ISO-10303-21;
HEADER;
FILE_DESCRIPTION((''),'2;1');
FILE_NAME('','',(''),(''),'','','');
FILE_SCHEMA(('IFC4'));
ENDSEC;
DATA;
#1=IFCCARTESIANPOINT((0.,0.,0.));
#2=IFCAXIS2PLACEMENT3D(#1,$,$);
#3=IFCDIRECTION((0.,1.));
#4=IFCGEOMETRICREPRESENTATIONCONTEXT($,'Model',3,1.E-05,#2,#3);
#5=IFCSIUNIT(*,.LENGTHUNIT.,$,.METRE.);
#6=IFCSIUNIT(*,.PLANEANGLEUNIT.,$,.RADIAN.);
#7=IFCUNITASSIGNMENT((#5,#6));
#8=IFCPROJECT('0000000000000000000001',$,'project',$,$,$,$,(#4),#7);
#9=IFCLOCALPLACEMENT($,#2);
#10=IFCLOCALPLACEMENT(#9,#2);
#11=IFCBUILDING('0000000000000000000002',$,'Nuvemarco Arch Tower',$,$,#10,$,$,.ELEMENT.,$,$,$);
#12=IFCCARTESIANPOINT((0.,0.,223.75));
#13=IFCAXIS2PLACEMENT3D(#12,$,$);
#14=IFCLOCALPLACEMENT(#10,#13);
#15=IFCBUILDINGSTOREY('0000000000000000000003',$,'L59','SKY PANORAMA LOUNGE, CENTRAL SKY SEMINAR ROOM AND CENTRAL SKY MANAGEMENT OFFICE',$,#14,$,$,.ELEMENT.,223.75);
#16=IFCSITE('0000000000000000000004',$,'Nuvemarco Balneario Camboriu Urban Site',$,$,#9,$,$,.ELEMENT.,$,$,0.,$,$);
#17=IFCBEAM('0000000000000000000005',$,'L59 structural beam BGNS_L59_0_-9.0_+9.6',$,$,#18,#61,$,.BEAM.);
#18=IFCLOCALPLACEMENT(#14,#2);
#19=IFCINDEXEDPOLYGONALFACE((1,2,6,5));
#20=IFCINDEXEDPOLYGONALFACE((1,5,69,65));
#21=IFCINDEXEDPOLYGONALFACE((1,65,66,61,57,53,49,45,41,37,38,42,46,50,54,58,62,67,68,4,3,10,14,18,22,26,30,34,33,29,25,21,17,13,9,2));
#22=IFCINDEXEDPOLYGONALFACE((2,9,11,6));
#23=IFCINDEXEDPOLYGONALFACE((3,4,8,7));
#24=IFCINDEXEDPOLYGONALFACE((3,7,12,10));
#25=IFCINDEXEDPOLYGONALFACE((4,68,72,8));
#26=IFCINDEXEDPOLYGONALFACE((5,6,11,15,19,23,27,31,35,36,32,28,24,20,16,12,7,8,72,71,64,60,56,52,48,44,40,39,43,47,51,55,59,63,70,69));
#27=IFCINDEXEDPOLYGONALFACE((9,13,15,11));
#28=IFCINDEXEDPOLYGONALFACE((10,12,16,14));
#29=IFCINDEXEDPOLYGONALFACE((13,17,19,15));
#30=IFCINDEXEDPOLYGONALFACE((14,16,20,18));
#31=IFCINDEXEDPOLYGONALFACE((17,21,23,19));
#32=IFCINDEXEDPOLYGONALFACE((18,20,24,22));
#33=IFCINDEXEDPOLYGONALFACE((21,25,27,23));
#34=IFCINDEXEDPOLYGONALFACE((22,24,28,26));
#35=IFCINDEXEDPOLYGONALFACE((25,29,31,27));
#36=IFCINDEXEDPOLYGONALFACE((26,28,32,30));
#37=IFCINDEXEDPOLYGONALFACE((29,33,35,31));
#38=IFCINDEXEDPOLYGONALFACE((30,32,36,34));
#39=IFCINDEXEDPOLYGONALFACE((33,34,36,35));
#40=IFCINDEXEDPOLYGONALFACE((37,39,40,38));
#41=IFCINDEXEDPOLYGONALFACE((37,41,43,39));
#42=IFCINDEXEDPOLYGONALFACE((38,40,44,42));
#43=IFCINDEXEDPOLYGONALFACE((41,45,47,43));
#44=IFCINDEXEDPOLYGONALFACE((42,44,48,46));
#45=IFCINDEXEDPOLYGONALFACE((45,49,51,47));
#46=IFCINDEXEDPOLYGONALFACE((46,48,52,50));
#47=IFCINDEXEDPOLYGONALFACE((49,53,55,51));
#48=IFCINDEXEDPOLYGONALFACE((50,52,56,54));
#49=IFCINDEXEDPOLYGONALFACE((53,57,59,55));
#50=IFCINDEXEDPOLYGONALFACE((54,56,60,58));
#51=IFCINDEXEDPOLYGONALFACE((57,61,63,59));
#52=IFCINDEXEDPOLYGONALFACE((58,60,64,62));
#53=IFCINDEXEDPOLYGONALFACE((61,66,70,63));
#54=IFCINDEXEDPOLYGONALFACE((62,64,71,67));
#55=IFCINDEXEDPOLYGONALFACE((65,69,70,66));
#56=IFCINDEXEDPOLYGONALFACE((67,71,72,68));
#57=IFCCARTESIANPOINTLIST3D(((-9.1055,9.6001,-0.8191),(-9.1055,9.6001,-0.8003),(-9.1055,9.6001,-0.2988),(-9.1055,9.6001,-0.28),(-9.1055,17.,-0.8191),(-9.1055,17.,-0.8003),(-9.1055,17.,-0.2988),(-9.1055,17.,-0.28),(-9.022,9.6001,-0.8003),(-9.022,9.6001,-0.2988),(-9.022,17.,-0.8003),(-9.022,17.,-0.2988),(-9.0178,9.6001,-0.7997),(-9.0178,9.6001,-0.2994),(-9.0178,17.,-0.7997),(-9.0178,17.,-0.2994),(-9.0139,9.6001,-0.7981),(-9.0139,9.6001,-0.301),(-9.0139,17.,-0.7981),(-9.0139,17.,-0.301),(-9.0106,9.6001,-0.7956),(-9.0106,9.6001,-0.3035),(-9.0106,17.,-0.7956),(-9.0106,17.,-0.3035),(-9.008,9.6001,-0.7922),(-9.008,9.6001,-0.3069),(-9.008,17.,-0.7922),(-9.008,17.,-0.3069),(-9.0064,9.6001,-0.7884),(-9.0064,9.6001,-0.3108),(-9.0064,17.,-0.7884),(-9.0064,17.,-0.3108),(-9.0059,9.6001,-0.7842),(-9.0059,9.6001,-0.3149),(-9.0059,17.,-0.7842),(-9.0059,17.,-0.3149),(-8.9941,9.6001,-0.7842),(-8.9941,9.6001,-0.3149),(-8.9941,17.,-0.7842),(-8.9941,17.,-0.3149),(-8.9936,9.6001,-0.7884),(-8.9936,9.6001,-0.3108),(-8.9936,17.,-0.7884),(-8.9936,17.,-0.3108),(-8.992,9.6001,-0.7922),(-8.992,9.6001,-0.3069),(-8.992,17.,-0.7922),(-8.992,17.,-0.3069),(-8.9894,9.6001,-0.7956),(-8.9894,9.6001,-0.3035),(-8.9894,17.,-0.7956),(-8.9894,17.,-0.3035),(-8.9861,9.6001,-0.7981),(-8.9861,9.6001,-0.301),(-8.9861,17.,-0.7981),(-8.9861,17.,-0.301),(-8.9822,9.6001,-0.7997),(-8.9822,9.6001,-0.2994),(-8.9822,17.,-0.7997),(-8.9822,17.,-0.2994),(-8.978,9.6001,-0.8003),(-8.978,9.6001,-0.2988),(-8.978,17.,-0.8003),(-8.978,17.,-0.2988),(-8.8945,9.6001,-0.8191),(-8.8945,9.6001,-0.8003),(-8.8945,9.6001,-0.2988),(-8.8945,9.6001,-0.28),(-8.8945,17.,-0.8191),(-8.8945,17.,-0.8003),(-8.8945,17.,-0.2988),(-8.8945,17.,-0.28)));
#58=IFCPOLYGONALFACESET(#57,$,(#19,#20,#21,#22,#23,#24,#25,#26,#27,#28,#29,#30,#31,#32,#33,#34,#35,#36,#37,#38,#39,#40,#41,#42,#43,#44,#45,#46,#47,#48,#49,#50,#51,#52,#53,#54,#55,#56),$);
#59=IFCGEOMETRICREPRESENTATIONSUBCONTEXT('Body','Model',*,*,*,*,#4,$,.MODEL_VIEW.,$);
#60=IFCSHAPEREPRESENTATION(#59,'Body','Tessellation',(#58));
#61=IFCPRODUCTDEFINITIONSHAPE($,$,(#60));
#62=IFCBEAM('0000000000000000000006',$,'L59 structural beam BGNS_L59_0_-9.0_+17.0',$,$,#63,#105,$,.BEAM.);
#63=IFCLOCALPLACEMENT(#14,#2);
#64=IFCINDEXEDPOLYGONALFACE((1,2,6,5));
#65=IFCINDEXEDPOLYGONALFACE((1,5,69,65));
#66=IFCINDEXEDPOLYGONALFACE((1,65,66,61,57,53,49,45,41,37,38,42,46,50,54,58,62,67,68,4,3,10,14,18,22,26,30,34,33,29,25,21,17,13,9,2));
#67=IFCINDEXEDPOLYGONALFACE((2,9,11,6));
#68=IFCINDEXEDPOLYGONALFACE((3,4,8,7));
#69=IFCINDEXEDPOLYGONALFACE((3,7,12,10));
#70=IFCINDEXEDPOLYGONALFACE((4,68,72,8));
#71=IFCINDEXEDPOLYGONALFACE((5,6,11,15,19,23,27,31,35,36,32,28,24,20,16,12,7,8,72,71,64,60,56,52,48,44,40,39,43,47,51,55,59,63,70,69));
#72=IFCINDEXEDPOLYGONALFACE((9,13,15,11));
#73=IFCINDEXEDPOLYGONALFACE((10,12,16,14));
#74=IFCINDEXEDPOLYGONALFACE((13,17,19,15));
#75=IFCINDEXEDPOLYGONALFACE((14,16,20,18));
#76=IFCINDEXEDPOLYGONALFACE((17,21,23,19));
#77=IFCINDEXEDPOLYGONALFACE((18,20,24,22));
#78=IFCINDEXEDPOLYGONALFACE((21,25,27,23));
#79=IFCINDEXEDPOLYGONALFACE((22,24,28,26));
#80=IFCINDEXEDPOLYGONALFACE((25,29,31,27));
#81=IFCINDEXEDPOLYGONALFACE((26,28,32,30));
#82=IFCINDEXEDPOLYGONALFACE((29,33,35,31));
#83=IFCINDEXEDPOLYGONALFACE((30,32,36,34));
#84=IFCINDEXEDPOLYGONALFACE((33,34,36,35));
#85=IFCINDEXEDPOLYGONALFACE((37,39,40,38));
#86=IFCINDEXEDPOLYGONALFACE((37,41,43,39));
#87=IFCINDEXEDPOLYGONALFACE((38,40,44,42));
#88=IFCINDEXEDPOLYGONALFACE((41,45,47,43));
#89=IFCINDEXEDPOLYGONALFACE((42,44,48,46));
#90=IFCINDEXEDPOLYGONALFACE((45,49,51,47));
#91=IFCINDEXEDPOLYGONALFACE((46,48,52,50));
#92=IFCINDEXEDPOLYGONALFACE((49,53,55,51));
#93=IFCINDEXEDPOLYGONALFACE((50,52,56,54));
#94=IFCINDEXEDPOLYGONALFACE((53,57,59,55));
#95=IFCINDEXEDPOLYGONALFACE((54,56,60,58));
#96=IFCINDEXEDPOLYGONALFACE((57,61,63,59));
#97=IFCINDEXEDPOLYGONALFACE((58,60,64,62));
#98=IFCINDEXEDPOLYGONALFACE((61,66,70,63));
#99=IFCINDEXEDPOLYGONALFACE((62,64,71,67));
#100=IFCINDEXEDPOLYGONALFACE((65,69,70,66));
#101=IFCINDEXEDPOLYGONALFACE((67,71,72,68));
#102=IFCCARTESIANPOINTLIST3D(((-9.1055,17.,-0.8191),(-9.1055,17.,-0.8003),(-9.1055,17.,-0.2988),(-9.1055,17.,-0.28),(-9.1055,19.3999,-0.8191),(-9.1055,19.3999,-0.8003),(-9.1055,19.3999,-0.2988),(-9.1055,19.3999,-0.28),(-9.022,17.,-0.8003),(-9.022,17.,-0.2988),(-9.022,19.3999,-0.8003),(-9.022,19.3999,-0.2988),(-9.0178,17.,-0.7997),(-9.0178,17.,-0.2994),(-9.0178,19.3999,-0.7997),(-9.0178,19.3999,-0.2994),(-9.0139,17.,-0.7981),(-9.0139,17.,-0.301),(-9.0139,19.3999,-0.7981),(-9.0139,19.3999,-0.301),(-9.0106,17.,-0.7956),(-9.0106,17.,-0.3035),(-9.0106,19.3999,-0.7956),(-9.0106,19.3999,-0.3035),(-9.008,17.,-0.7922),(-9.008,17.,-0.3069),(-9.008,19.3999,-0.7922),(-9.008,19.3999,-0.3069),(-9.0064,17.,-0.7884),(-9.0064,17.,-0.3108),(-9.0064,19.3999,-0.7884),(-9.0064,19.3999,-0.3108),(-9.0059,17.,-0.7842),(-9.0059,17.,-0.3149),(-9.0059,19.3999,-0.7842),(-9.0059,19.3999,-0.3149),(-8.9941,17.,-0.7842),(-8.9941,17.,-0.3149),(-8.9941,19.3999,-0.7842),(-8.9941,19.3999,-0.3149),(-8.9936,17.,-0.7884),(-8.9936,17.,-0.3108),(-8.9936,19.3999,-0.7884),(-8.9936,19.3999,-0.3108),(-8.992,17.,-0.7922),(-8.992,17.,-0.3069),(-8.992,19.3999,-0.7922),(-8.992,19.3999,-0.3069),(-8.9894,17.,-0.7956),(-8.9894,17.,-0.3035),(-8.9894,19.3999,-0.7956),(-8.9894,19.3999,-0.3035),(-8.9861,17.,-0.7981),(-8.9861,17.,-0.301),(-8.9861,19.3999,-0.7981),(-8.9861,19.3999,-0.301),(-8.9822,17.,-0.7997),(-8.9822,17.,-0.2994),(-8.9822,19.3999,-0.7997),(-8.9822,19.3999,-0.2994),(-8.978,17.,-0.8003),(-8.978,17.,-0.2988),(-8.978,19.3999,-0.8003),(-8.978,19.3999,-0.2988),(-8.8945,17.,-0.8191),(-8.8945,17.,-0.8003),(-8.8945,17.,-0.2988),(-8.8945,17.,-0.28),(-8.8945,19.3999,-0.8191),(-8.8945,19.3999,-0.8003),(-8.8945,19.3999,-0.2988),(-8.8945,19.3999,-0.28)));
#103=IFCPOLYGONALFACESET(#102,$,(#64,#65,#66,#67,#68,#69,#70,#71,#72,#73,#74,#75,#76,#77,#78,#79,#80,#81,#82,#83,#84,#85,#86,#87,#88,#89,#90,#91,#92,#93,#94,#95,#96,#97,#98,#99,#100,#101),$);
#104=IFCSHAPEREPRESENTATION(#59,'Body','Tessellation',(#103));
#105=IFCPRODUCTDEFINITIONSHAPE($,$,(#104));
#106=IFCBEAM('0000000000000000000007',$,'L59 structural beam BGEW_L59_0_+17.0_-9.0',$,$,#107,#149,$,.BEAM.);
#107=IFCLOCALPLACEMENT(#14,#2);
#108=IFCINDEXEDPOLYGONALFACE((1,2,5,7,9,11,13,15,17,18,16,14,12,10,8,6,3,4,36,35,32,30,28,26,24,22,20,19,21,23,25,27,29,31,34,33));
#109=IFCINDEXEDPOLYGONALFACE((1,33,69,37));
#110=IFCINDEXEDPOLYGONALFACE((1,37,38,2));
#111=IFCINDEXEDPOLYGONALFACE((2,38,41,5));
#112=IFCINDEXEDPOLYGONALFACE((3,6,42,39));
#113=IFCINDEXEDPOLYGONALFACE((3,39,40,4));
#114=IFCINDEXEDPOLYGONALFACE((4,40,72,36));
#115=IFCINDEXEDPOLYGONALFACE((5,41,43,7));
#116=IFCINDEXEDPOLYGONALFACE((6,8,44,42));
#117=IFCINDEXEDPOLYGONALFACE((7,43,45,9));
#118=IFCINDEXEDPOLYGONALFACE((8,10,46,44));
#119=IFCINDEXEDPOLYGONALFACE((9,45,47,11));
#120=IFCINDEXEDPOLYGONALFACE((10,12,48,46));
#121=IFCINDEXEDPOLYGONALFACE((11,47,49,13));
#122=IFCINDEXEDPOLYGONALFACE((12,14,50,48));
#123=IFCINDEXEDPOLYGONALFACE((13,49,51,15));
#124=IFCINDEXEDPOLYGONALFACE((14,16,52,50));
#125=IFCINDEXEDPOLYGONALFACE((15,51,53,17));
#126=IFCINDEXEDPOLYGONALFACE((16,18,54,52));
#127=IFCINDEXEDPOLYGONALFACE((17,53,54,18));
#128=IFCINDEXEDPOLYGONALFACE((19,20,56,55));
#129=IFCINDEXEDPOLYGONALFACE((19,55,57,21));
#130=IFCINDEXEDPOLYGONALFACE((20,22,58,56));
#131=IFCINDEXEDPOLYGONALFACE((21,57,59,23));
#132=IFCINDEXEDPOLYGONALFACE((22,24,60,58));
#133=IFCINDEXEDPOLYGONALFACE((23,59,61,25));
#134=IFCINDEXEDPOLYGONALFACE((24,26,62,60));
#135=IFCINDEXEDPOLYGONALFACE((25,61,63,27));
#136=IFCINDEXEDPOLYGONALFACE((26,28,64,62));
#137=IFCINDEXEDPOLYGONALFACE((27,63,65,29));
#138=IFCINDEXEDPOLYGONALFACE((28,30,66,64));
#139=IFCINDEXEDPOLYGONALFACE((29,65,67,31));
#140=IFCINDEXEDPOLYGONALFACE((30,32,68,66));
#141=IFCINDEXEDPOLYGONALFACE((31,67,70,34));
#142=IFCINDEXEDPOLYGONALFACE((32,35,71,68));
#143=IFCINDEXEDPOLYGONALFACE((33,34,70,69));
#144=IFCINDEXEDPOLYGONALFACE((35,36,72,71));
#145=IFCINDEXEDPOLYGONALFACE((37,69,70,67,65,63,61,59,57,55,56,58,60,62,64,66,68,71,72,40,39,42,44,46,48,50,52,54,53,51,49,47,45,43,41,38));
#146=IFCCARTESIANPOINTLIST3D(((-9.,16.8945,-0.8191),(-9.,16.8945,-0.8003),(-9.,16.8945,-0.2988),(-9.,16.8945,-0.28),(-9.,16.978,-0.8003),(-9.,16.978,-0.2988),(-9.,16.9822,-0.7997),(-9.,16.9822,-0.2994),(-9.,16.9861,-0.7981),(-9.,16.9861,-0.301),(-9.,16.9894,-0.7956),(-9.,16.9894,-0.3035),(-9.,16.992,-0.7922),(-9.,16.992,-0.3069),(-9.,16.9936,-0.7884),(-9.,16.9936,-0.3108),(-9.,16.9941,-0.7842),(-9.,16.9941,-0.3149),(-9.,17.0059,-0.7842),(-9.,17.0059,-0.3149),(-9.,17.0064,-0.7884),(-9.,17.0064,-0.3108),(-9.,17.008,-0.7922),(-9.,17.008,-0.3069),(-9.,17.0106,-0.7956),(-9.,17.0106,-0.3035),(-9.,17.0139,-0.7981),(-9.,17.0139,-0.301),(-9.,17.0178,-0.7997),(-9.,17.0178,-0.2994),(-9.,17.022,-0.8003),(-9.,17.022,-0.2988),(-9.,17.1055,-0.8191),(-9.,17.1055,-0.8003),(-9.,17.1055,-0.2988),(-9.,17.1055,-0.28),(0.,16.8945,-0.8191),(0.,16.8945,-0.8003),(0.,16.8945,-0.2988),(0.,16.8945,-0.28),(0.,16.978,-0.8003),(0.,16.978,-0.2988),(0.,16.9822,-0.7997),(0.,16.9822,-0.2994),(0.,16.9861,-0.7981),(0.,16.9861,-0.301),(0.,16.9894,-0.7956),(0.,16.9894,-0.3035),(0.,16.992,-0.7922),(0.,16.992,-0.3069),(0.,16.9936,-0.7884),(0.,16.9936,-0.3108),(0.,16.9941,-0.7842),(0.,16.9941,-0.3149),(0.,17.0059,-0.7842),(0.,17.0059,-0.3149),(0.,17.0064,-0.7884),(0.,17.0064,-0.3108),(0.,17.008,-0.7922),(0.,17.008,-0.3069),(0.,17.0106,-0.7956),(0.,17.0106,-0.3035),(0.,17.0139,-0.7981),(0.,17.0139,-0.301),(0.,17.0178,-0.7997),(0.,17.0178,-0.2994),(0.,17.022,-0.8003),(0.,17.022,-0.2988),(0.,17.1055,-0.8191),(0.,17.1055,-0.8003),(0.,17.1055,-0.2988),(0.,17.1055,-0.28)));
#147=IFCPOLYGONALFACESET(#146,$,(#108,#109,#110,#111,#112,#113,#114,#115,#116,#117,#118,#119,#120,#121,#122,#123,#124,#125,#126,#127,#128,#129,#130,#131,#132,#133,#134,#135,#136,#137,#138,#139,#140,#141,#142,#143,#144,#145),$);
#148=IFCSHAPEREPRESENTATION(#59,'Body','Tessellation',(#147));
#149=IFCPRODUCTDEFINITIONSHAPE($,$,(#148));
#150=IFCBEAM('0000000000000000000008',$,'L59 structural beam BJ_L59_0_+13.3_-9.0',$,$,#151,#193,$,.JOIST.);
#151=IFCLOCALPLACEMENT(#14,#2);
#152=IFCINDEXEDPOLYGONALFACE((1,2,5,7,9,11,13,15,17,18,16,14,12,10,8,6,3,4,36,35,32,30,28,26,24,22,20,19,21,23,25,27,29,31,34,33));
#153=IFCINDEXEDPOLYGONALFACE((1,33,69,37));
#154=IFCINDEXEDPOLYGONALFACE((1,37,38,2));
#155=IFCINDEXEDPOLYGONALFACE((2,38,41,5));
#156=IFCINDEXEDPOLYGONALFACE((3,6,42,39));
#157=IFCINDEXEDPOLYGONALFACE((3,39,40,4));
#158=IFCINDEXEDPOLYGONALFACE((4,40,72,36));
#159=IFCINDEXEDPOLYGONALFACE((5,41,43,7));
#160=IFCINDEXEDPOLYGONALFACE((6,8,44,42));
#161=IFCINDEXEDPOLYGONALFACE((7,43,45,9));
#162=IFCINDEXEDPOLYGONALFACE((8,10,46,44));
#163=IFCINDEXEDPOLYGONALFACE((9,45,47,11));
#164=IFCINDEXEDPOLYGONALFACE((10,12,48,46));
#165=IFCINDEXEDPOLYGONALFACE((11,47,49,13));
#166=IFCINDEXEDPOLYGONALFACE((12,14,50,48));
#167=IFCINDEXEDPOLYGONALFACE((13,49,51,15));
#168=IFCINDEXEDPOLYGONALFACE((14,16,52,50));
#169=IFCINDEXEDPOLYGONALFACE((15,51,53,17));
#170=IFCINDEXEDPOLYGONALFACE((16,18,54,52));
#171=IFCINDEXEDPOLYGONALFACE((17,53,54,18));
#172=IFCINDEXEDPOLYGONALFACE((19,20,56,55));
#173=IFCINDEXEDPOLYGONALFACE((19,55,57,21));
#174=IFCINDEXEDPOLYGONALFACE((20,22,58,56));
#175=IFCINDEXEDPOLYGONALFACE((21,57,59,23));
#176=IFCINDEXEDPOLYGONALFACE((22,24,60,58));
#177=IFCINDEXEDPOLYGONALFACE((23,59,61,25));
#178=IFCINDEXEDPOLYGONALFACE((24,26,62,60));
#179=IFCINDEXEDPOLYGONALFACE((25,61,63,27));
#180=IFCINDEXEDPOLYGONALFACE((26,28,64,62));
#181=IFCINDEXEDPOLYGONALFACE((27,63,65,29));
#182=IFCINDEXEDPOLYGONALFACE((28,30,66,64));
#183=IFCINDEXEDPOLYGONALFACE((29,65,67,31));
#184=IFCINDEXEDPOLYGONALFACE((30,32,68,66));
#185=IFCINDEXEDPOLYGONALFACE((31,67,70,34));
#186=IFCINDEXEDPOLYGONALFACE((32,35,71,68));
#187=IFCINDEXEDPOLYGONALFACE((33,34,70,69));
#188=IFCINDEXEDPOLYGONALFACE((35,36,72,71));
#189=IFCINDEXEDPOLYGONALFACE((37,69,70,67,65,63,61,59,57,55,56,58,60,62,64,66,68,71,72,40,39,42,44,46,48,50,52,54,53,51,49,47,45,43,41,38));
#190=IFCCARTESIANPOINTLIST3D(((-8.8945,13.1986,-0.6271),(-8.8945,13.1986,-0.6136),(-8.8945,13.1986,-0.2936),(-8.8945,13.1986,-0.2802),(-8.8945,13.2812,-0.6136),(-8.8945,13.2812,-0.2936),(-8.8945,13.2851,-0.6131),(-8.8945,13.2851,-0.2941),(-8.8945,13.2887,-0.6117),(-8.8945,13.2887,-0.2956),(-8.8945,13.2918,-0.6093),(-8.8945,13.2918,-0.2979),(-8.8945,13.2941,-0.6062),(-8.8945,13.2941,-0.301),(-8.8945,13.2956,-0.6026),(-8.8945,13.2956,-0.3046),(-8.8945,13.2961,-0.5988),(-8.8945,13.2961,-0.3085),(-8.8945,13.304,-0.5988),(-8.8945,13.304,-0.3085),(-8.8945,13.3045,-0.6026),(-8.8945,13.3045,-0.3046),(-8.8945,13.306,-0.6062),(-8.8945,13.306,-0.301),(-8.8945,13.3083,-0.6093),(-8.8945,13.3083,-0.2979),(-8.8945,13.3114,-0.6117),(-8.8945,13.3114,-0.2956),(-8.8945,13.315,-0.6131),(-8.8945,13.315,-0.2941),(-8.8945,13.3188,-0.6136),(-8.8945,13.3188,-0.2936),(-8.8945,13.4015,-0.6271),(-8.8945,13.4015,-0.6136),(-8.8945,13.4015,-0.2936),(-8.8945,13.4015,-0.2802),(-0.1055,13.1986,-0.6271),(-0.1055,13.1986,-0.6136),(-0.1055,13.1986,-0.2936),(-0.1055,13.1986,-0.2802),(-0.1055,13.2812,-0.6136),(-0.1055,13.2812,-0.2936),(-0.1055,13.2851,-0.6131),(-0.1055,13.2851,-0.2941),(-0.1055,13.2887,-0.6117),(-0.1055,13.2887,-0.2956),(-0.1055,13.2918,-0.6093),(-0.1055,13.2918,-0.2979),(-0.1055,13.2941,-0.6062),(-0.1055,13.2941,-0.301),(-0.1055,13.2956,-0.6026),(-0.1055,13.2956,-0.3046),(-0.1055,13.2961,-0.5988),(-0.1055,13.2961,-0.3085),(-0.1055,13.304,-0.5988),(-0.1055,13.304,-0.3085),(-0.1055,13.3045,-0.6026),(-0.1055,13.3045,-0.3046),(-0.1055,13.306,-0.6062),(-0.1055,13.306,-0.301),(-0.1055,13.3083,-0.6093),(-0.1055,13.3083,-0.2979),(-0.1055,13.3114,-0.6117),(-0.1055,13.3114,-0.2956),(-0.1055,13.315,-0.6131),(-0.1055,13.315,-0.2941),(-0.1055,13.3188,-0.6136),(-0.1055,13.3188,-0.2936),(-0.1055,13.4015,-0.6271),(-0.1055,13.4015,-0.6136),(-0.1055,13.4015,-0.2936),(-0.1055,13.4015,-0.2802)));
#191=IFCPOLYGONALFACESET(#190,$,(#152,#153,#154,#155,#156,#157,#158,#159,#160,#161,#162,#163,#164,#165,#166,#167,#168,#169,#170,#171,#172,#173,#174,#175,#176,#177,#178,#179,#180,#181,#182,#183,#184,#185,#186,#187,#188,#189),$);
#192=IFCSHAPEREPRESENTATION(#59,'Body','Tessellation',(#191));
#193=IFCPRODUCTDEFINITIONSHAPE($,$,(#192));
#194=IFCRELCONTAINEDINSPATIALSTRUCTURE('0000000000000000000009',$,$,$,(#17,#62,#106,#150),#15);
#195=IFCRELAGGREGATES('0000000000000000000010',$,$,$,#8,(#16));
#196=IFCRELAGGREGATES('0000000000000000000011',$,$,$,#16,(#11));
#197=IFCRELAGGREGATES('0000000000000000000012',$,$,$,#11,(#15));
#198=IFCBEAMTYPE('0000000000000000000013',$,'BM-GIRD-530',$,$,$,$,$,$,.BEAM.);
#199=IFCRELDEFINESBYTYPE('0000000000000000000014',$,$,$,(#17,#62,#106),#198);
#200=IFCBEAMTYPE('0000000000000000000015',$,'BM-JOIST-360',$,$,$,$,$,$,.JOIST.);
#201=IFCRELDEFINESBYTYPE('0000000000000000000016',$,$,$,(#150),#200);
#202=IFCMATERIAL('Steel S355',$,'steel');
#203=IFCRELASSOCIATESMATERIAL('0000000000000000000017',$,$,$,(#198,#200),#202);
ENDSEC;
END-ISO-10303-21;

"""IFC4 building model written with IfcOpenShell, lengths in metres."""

from ifc_helpers import new_model, si_unit, direction, frame, origin, origin_2d, place, context, subcontext, project, spatial, i_section, extrude, material, material_profile, profile_set, type_object, element, save


model = new_model("IFC4")

# Units and contexts
model_context = context("Model", 3, precision=1e-05, world=origin(), true_north=direction((0.0, 1.0)))
body_context = subcontext(model_context, "Body", "Model", "MODEL_VIEW")
ifc_project = project(units=[si_unit("LENGTHUNIT", "METRE"), si_unit("PLANEANGLEUNIT", "RADIAN")], contexts=[model_context])

# Site, building, storey
site_placement = place(None, origin())
site = spatial("IfcSite", under=ifc_project, at=site_placement, Name="Nuvemarco Balneario Camboriu Urban Site", CompositionType="ELEMENT", RefElevation=0.0)
building_placement = place(site_placement, origin())
building = spatial("IfcBuilding", under=site, at=building_placement, Name="Nuvemarco Arch Tower", CompositionType="ELEMENT")
storey_placement = place(building_placement, frame((0.0, 0.0, 223.75)))
storey = spatial("IfcBuildingStorey", under=building, at=storey_placement, Name="L59", Description="SKY PANORAMA LOUNGE, CENTRAL SKY SEMINAR ROOM AND CENTRAL SKY MANAGEMENT OFFICE", CompositionType="ELEMENT", Elevation=223.75)

# Shared definitions
ifc_material_1 = material(Name="Steel S355", Category="steel")

# Beams
ifc_material_profile_1 = material_profile(ifc_material_1, i_section(OverallWidth=0.2109, OverallDepth=0.5391, WebThickness=0.0117, FlangeThickness=0.0188, FilletRadius=0.0161, at=origin_2d()), Name="W530x109")
ifc_profile_set_1 = profile_set([ifc_material_profile_1], Name="Steel S355")
beam_type_1 = type_object("IfcBeamType", Name="BM-GIRD-530", PredefinedType="BEAM", material=ifc_profile_set_1)
beam_1_placement = place(storey_placement, frame((-9.0, 9.6001, -0.5496), z_axis=(0.0, 1.0, 0.0), x_axis=(-1.0, 0.0, 0.0)))
element("IfcBeam", 1, at=beam_1_placement, inside=storey, type_object=beam_type_1, Name="L59 structural beam BGNS_L59_0_-9.0_+9.6", PredefinedType="BEAM", context=body_context, shape_type="SweptSolid", body=[
    extrude(i_section(OverallWidth=0.2109, OverallDepth=0.5391, WebThickness=0.0117, FlangeThickness=0.0188, FilletRadius=0.0161, at=origin_2d()), origin(), (0.0, 0.0, 1.0), 7.3999),
])
beam_2_placement = place(storey_placement, frame((-9.0, 17.0, -0.5496), z_axis=(0.0, 1.0, 0.0), x_axis=(-1.0, 0.0, 0.0)))
element("IfcBeam", 2, at=beam_2_placement, inside=storey, type_object=beam_type_1, Name="L59 structural beam BGNS_L59_0_-9.0_+17.0", PredefinedType="BEAM", context=body_context, shape_type="SweptSolid", body=[
    extrude(i_section(OverallWidth=0.2109, OverallDepth=0.5391, WebThickness=0.0117, FlangeThickness=0.0188, FilletRadius=0.0161, at=origin_2d()), origin(), (0.0, 0.0, 1.0), 2.3999),
])
beam_3_placement = place(storey_placement, frame((-9.0, 17.0, -0.5496), z_axis=(1.0, 0.0, 0.0), x_axis=(0.0, 1.0, 0.0)))
element("IfcBeam", 3, at=beam_3_placement, inside=storey, type_object=beam_type_1, Name="L59 structural beam BGEW_L59_0_+17.0_-9.0", PredefinedType="BEAM", context=body_context, shape_type="SweptSolid", body=[
    extrude(i_section(OverallWidth=0.2109, OverallDepth=0.5391, WebThickness=0.0117, FlangeThickness=0.0188, FilletRadius=0.0161, at=origin_2d()), origin(), (0.0, 0.0, 1.0), 9.0),
])
ifc_material_profile_2 = material_profile(ifc_material_1, i_section(OverallWidth=0.2029, OverallDepth=0.3469, WebThickness=0.0078, FlangeThickness=0.0134, FilletRadius=0.0149, at=origin_2d()), Name="W360x64")
ifc_profile_set_2 = profile_set([ifc_material_profile_2], Name="Steel S355")
beam_type_2 = type_object("IfcBeamType", Name="BM-JOIST-360", PredefinedType="JOIST", material=ifc_profile_set_2)
beam_4_placement = place(storey_placement, frame((-8.8945, 13.3, -0.4536), z_axis=(1.0, 0.0, 0.0), x_axis=(0.0, 1.0, 0.0)))
element("IfcBeam", 4, at=beam_4_placement, inside=storey, type_object=beam_type_2, Name="L59 structural beam BJ_L59_0_+13.3_-9.0", PredefinedType="JOIST", context=body_context, shape_type="SweptSolid", body=[
    extrude(i_section(OverallWidth=0.2029, OverallDepth=0.3469, WebThickness=0.0078, FlangeThickness=0.0134, FilletRadius=0.0149, at=origin_2d()), origin(), (0.0, 0.0, 1.0), 8.7891),
])

save(model, "model.ifc")
